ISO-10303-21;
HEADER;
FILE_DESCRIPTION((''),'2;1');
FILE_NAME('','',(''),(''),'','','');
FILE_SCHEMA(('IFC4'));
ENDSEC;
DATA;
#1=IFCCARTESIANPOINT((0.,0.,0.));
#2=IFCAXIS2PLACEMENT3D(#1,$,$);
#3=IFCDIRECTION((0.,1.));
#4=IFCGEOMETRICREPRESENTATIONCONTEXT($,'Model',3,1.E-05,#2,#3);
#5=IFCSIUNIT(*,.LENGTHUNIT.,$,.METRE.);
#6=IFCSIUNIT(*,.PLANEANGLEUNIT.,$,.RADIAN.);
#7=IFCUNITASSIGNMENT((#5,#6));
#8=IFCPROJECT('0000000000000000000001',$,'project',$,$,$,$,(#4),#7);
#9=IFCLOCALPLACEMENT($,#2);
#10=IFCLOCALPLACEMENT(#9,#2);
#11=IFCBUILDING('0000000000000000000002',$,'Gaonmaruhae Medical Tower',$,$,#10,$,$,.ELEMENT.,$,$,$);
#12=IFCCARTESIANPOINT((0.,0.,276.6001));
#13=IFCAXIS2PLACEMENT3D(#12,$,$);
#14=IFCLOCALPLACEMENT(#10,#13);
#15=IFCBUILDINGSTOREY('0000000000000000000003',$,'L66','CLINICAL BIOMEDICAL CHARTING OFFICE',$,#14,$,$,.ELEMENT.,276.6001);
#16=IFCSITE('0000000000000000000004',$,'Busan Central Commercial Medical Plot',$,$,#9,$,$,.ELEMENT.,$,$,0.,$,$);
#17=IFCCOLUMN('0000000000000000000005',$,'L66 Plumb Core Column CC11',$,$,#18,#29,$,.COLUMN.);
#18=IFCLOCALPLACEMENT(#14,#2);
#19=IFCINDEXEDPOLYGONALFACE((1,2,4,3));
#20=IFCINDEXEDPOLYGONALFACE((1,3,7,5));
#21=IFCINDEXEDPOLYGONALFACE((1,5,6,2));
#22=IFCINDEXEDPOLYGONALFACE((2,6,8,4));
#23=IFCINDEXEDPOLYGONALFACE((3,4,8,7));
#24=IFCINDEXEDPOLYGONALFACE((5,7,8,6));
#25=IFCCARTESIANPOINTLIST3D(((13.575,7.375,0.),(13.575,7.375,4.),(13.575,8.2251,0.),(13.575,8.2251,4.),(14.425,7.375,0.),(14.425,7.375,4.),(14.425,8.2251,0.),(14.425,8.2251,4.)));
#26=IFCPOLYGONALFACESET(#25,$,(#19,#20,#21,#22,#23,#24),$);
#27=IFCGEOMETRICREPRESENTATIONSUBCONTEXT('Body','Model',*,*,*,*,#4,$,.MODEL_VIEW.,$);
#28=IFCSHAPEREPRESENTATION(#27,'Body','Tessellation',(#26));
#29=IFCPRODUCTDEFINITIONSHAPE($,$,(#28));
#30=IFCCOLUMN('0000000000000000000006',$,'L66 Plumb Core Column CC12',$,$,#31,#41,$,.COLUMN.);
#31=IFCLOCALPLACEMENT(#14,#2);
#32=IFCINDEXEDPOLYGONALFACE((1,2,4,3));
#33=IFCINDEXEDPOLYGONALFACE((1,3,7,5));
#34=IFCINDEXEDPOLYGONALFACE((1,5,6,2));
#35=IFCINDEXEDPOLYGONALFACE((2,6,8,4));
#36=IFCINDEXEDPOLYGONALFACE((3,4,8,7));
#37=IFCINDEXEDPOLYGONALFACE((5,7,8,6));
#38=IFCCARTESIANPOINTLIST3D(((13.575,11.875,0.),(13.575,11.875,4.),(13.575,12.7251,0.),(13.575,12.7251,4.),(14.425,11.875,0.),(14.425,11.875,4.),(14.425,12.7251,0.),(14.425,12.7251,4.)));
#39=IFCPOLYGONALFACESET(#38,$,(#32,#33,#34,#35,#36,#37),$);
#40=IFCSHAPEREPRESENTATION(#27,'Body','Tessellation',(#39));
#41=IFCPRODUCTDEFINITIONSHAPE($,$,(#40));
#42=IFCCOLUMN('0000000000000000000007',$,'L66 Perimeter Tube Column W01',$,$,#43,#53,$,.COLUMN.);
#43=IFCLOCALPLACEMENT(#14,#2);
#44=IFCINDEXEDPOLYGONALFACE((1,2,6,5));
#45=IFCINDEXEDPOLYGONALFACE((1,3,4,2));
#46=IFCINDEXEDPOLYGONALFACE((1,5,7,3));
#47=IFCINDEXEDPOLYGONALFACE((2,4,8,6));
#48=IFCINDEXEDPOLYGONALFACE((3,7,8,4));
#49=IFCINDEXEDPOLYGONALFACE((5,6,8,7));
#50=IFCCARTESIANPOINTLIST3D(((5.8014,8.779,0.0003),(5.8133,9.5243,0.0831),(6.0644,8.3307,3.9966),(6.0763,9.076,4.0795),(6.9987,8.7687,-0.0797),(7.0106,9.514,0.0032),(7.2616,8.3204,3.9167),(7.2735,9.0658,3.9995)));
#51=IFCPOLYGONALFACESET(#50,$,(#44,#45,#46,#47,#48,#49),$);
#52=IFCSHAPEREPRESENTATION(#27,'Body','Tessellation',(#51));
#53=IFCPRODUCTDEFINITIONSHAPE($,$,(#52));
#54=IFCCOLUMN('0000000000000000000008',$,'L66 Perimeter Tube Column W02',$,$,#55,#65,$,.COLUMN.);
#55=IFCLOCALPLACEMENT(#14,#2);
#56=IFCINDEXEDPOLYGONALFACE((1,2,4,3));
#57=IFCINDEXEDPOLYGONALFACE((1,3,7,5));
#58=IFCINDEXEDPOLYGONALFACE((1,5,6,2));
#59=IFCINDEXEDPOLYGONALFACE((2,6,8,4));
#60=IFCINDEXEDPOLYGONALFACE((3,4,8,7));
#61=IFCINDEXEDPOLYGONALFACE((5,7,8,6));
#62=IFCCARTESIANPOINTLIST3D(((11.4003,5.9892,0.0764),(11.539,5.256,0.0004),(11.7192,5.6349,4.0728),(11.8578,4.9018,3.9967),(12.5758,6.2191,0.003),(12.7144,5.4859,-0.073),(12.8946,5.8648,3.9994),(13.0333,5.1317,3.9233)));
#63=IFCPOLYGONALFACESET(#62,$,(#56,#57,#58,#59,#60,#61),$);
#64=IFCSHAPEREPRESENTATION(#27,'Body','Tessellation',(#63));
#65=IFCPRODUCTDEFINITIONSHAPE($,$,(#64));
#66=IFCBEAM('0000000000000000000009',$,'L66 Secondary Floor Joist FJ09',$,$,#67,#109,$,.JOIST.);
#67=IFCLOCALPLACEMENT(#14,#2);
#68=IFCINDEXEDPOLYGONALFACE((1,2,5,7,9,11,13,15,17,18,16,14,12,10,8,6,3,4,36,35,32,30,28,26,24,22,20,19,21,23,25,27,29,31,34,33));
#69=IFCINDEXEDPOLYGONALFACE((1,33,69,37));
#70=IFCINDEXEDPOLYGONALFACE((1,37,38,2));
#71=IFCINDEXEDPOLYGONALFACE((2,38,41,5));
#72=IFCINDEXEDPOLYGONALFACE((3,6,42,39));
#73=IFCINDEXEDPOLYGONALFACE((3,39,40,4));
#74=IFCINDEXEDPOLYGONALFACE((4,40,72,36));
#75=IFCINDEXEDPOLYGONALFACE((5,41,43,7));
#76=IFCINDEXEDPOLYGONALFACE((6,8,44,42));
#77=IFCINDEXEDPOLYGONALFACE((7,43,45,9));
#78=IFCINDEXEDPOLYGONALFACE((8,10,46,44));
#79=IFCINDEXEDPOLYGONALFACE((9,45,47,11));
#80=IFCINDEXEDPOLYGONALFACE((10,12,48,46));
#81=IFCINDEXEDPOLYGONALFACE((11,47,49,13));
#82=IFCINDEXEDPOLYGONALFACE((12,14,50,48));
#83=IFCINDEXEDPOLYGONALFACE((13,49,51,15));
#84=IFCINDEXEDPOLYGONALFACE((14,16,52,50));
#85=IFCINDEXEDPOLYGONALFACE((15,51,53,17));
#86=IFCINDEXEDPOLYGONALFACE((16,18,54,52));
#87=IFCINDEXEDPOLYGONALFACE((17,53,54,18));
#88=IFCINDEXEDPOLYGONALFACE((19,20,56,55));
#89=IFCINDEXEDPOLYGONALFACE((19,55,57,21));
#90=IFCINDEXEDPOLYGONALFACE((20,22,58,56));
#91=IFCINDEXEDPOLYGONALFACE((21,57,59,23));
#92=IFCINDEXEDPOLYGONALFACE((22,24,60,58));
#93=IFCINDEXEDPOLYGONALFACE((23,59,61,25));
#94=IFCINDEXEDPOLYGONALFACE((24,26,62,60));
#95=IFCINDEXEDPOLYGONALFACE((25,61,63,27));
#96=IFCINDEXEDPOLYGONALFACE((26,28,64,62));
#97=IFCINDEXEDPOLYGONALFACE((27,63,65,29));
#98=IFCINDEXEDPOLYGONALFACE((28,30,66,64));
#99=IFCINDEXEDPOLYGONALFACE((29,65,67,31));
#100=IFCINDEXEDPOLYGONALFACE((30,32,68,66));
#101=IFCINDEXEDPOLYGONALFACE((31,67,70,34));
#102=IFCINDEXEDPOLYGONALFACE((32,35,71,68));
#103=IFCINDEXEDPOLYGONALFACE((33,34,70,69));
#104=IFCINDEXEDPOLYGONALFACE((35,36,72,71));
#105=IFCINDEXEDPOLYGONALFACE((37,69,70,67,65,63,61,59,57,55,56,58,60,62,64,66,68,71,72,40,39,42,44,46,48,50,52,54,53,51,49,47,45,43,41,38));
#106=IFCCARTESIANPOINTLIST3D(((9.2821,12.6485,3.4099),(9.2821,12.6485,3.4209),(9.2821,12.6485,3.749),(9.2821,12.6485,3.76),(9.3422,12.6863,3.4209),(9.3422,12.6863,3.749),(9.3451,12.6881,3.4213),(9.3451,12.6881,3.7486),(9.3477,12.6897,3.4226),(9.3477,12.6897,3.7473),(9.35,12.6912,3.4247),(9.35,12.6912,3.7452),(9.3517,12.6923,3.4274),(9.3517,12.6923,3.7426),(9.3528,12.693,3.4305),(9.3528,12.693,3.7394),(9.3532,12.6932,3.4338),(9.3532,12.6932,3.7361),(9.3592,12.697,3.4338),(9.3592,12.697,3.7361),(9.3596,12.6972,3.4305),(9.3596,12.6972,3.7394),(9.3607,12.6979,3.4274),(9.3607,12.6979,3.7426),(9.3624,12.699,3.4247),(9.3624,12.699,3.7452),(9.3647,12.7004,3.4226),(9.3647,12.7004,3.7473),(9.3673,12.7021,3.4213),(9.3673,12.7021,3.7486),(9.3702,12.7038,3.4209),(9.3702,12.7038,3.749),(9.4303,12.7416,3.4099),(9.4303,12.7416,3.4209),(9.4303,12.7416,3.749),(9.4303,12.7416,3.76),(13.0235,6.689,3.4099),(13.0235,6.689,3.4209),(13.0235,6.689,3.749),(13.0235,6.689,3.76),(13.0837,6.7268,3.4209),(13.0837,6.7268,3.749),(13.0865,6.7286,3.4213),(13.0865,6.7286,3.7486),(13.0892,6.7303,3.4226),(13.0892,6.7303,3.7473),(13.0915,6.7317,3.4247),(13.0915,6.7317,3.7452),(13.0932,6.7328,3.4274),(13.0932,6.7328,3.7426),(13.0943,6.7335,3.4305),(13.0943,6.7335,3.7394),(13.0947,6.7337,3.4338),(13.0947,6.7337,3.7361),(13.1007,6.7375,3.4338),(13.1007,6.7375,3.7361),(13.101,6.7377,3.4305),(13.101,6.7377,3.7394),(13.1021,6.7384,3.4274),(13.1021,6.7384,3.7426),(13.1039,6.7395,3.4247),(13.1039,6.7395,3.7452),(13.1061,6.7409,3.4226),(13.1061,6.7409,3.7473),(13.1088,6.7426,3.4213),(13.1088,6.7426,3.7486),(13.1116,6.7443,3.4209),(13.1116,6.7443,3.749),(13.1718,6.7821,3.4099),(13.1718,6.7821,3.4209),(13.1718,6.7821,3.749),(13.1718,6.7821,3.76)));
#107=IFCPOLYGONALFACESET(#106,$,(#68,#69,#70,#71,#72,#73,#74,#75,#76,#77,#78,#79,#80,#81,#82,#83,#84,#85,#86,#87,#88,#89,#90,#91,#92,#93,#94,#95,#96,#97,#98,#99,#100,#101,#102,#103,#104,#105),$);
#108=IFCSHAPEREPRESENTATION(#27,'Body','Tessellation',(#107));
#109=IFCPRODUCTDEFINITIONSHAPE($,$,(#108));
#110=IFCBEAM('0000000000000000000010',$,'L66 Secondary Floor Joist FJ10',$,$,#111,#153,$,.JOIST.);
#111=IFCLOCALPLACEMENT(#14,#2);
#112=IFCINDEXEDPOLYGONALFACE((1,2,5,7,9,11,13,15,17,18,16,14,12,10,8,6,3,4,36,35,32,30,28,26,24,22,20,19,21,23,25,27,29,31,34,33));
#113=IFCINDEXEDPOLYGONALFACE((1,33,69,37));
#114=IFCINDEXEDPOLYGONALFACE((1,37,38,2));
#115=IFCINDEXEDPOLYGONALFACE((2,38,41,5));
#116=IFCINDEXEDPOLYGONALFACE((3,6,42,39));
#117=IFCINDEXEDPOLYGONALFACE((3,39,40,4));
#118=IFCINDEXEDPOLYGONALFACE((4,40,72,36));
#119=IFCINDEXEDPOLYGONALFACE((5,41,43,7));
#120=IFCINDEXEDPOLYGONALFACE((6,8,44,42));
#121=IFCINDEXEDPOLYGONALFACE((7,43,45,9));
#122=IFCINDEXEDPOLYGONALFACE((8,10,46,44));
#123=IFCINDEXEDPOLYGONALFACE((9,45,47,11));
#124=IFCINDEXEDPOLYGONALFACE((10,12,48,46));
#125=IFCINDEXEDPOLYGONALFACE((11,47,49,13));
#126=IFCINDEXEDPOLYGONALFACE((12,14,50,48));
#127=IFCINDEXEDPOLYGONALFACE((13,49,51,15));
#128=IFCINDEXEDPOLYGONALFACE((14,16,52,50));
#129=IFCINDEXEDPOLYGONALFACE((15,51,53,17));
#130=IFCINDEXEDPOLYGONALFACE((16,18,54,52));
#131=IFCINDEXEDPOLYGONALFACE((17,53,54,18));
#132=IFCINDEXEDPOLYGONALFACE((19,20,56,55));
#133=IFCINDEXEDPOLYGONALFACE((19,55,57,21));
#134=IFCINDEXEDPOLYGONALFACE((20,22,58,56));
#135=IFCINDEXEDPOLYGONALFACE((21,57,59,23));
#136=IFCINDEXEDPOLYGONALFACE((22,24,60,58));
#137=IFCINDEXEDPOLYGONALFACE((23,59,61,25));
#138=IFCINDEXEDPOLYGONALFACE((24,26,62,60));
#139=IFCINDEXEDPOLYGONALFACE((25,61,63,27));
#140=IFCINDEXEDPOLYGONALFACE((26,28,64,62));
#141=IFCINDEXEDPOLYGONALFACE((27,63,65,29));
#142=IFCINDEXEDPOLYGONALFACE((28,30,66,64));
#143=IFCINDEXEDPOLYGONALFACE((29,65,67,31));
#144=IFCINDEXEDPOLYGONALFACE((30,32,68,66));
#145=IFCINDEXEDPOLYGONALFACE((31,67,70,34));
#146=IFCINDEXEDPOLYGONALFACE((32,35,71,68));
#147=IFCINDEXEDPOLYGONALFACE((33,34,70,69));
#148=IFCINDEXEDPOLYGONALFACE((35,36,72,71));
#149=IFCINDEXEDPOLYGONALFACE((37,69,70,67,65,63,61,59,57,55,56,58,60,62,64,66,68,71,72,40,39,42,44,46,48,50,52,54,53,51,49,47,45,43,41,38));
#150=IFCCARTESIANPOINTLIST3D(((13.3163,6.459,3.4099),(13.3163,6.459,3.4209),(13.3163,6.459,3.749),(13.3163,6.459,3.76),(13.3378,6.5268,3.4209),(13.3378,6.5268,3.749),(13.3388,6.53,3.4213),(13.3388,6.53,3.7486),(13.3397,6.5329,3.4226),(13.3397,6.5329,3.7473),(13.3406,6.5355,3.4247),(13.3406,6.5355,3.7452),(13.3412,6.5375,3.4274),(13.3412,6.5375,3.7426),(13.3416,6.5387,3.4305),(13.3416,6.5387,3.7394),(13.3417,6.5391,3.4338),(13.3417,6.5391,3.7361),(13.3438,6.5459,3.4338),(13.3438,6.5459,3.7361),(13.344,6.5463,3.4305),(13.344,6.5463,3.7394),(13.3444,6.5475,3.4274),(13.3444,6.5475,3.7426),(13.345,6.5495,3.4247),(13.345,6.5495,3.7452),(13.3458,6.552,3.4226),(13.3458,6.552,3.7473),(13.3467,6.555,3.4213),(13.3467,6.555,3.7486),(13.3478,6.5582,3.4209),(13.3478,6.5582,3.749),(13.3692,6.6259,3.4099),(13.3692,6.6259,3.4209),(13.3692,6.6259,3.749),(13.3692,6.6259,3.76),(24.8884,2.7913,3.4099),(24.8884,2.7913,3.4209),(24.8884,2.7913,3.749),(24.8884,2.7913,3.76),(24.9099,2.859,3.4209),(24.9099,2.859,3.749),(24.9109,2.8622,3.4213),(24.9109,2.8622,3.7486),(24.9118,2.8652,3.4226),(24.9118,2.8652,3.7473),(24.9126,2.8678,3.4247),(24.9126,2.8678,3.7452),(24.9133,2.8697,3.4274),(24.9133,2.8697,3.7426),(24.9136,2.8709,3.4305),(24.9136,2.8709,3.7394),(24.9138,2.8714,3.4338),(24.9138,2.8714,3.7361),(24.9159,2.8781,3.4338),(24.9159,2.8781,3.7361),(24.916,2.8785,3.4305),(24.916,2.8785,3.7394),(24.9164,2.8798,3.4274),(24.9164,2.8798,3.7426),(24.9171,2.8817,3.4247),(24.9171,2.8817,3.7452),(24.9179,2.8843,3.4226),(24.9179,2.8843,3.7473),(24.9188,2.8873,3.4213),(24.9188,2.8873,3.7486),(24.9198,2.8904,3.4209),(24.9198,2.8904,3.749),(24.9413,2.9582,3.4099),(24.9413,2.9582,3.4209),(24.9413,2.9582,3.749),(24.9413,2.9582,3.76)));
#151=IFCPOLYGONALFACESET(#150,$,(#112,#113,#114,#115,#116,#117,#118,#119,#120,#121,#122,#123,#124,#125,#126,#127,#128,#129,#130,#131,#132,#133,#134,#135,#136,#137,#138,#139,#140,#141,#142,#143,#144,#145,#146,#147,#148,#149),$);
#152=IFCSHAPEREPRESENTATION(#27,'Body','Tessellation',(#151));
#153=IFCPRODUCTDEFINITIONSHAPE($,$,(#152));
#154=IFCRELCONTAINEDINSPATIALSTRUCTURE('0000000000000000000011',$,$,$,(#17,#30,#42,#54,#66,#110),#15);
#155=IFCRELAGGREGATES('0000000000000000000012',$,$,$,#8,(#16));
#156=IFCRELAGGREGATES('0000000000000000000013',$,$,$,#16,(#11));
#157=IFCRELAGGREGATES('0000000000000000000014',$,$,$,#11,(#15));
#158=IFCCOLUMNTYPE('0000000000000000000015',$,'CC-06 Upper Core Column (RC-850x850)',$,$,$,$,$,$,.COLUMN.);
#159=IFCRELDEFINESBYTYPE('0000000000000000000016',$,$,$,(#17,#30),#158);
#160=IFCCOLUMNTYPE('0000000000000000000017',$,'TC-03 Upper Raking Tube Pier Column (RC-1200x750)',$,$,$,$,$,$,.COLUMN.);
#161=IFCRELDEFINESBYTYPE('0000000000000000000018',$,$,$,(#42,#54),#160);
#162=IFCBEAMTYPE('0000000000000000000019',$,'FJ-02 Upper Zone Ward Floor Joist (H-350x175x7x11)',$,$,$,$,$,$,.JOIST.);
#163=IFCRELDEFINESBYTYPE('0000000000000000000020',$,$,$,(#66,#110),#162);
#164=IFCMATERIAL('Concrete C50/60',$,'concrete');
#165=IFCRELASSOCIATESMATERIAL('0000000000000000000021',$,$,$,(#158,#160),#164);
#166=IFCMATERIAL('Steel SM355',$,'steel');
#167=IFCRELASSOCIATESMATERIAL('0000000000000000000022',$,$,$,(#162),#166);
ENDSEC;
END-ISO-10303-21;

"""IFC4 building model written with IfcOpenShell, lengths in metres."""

from ifc_helpers import new_model, si_unit, direction, frame, origin, origin_2d, place, context, subcontext, project, spatial, rectangle, i_section, extrude, material, material_profile, profile_set, type_object, element, save


model = new_model("IFC4")

# Units and contexts
model_context = context("Model", 3, precision=1e-05, world=origin(), true_north=direction((0.0, 1.0)))
body_context = subcontext(model_context, "Body", "Model", "MODEL_VIEW")
ifc_project = project(units=[si_unit("LENGTHUNIT", "METRE"), si_unit("PLANEANGLEUNIT", "RADIAN")], contexts=[model_context])

# Site, building, storey
site_placement = place(None, origin())
site = spatial("IfcSite", under=ifc_project, at=site_placement, Name="Busan Central Commercial Medical Plot", CompositionType="ELEMENT", RefElevation=0.0)
building_placement = place(site_placement, origin())
building = spatial("IfcBuilding", under=site, at=building_placement, Name="Gaonmaruhae Medical Tower", CompositionType="ELEMENT")
storey_placement = place(building_placement, frame((0.0, 0.0, 276.6001)))
storey = spatial("IfcBuildingStorey", under=building, at=storey_placement, Name="L66", Description="CLINICAL BIOMEDICAL CHARTING OFFICE", CompositionType="ELEMENT", Elevation=276.6001)

# Columns
ifc_material_1 = material(Name="Concrete C50/60", Category="concrete")
ifc_material_profile_1 = material_profile(ifc_material_1, rectangle(XDim=0.8501, YDim=0.8501, at=origin_2d()), Name="RC-850x850")
ifc_profile_set_1 = profile_set([ifc_material_profile_1], Name="Concrete C50/60")
column_type_1 = type_object("IfcColumnType", Name="CC-06 Upper Core Column (RC-850x850)", PredefinedType="COLUMN", material=ifc_profile_set_1)
for number, where, z_axis, x_axis, name in (
    (1, (14.0, 7.8, 0.0), (0.0, 0.0, 1.0), (1.0, 0.0, 0.0), "L66 Plumb Core Column CC11"),
    (2, (14.0, 12.3, 0.0), (0.0, 0.0, 1.0), (1.0, 0.0, 0.0), "L66 Plumb Core Column CC12"),
):
    element("IfcColumn", number, at=place(storey_placement, frame(where, z_axis=z_axis, x_axis=x_axis)), inside=storey, type_object=column_type_1, Name=name, PredefinedType="COLUMN", context=body_context, shape_type="SweptSolid", body=[
        extrude(rectangle(XDim=0.8501, YDim=0.8501, at=origin_2d()), origin(), (0.0, 0.0, 1.0), 4.0),
    ])
ifc_material_profile_2 = material_profile(ifc_material_1, rectangle(XDim=1.2, YDim=0.75, at=origin_2d()), Name="RC-1200x750")
ifc_profile_set_2 = profile_set([ifc_material_profile_2], Name="Concrete C50/60")
column_type_2 = type_object("IfcColumnType", Name="TC-03 Upper Raking Tube Pier Column (RC-1200x750)", PredefinedType="COLUMN", material=ifc_profile_set_2)
column_1_placement = place(storey_placement, frame((6.406, 9.1465, 0.0017), z_axis=(0.065246, -0.111227, 0.991651), x_axis=(-0.997742, 0.008568, 0.066608)))
element("IfcColumn", 3, at=column_1_placement, inside=storey, type_object=column_type_2, Name="L66 Perimeter Tube Column W01", PredefinedType="COLUMN", context=body_context, shape_type="SweptSolid", body=[
    extrude(rectangle(XDim=1.2, YDim=0.75, at=origin_2d()), origin(), (0.0, 0.0, 1.0), 4.03),
])
column_2_placement = place(storey_placement, frame((12.0574, 5.7375, 0.0017), z_axis=(0.079224, -0.088019, 0.992963), x_axis=(-0.979562, -0.191615, 0.061169)))
element("IfcColumn", 4, at=column_2_placement, inside=storey, type_object=column_type_2, Name="L66 Perimeter Tube Column W02", PredefinedType="COLUMN", context=body_context, shape_type="SweptSolid", body=[
    extrude(rectangle(XDim=1.2, YDim=0.75, at=origin_2d()), origin(), (0.0, 0.0, 1.0), 4.0247),
])

# Beams
ifc_material_2 = material(Name="Steel SM355", Category="steel")
ifc_material_profile_3 = material_profile(ifc_material_2, i_section(OverallWidth=0.175, OverallDepth=0.3501, WebThickness=0.0071, FlangeThickness=0.011, FilletRadius=0.0129, at=origin_2d()), Name="H-350x175x7x11")
ifc_profile_set_3 = profile_set([ifc_material_profile_3], Name="Steel SM355")
beam_type_1 = type_object("IfcBeamType", Name="FJ-02 Upper Zone Ward Floor Joist (H-350x175x7x11)", PredefinedType="JOIST", material=ifc_profile_set_3)
beam_1_placement = place(storey_placement, frame((9.3562, 12.6951, 3.585), z_axis=(0.531713, -0.846925, 0.0), x_axis=(0.846925, 0.531713, 0.0)))
element("IfcBeam", 5, at=beam_1_placement, inside=storey, type_object=beam_type_1, Name="L66 Secondary Floor Joist FJ09", PredefinedType="JOIST", context=body_context, shape_type="SweptSolid", body=[
    extrude(i_section(OverallWidth=0.175, OverallDepth=0.3501, WebThickness=0.0071, FlangeThickness=0.011, FilletRadius=0.0129, at=origin_2d()), origin(), (0.0, 0.0, 1.0), 7.0366),
])
beam_2_placement = place(storey_placement, frame((13.3428, 6.5425, 3.585), z_axis=(0.953265, -0.302135, 0.0), x_axis=(0.302135, 0.953265, 0.0)))
element("IfcBeam", 6, at=beam_2_placement, inside=storey, type_object=beam_type_1, Name="L66 Secondary Floor Joist FJ10", PredefinedType="JOIST", context=body_context, shape_type="SweptSolid", body=[
    extrude(i_section(OverallWidth=0.175, OverallDepth=0.3501, WebThickness=0.0071, FlangeThickness=0.011, FilletRadius=0.0129, at=origin_2d()), origin(), (0.0, 0.0, 1.0), 12.1394),
])

save(model, "model.ifc")
